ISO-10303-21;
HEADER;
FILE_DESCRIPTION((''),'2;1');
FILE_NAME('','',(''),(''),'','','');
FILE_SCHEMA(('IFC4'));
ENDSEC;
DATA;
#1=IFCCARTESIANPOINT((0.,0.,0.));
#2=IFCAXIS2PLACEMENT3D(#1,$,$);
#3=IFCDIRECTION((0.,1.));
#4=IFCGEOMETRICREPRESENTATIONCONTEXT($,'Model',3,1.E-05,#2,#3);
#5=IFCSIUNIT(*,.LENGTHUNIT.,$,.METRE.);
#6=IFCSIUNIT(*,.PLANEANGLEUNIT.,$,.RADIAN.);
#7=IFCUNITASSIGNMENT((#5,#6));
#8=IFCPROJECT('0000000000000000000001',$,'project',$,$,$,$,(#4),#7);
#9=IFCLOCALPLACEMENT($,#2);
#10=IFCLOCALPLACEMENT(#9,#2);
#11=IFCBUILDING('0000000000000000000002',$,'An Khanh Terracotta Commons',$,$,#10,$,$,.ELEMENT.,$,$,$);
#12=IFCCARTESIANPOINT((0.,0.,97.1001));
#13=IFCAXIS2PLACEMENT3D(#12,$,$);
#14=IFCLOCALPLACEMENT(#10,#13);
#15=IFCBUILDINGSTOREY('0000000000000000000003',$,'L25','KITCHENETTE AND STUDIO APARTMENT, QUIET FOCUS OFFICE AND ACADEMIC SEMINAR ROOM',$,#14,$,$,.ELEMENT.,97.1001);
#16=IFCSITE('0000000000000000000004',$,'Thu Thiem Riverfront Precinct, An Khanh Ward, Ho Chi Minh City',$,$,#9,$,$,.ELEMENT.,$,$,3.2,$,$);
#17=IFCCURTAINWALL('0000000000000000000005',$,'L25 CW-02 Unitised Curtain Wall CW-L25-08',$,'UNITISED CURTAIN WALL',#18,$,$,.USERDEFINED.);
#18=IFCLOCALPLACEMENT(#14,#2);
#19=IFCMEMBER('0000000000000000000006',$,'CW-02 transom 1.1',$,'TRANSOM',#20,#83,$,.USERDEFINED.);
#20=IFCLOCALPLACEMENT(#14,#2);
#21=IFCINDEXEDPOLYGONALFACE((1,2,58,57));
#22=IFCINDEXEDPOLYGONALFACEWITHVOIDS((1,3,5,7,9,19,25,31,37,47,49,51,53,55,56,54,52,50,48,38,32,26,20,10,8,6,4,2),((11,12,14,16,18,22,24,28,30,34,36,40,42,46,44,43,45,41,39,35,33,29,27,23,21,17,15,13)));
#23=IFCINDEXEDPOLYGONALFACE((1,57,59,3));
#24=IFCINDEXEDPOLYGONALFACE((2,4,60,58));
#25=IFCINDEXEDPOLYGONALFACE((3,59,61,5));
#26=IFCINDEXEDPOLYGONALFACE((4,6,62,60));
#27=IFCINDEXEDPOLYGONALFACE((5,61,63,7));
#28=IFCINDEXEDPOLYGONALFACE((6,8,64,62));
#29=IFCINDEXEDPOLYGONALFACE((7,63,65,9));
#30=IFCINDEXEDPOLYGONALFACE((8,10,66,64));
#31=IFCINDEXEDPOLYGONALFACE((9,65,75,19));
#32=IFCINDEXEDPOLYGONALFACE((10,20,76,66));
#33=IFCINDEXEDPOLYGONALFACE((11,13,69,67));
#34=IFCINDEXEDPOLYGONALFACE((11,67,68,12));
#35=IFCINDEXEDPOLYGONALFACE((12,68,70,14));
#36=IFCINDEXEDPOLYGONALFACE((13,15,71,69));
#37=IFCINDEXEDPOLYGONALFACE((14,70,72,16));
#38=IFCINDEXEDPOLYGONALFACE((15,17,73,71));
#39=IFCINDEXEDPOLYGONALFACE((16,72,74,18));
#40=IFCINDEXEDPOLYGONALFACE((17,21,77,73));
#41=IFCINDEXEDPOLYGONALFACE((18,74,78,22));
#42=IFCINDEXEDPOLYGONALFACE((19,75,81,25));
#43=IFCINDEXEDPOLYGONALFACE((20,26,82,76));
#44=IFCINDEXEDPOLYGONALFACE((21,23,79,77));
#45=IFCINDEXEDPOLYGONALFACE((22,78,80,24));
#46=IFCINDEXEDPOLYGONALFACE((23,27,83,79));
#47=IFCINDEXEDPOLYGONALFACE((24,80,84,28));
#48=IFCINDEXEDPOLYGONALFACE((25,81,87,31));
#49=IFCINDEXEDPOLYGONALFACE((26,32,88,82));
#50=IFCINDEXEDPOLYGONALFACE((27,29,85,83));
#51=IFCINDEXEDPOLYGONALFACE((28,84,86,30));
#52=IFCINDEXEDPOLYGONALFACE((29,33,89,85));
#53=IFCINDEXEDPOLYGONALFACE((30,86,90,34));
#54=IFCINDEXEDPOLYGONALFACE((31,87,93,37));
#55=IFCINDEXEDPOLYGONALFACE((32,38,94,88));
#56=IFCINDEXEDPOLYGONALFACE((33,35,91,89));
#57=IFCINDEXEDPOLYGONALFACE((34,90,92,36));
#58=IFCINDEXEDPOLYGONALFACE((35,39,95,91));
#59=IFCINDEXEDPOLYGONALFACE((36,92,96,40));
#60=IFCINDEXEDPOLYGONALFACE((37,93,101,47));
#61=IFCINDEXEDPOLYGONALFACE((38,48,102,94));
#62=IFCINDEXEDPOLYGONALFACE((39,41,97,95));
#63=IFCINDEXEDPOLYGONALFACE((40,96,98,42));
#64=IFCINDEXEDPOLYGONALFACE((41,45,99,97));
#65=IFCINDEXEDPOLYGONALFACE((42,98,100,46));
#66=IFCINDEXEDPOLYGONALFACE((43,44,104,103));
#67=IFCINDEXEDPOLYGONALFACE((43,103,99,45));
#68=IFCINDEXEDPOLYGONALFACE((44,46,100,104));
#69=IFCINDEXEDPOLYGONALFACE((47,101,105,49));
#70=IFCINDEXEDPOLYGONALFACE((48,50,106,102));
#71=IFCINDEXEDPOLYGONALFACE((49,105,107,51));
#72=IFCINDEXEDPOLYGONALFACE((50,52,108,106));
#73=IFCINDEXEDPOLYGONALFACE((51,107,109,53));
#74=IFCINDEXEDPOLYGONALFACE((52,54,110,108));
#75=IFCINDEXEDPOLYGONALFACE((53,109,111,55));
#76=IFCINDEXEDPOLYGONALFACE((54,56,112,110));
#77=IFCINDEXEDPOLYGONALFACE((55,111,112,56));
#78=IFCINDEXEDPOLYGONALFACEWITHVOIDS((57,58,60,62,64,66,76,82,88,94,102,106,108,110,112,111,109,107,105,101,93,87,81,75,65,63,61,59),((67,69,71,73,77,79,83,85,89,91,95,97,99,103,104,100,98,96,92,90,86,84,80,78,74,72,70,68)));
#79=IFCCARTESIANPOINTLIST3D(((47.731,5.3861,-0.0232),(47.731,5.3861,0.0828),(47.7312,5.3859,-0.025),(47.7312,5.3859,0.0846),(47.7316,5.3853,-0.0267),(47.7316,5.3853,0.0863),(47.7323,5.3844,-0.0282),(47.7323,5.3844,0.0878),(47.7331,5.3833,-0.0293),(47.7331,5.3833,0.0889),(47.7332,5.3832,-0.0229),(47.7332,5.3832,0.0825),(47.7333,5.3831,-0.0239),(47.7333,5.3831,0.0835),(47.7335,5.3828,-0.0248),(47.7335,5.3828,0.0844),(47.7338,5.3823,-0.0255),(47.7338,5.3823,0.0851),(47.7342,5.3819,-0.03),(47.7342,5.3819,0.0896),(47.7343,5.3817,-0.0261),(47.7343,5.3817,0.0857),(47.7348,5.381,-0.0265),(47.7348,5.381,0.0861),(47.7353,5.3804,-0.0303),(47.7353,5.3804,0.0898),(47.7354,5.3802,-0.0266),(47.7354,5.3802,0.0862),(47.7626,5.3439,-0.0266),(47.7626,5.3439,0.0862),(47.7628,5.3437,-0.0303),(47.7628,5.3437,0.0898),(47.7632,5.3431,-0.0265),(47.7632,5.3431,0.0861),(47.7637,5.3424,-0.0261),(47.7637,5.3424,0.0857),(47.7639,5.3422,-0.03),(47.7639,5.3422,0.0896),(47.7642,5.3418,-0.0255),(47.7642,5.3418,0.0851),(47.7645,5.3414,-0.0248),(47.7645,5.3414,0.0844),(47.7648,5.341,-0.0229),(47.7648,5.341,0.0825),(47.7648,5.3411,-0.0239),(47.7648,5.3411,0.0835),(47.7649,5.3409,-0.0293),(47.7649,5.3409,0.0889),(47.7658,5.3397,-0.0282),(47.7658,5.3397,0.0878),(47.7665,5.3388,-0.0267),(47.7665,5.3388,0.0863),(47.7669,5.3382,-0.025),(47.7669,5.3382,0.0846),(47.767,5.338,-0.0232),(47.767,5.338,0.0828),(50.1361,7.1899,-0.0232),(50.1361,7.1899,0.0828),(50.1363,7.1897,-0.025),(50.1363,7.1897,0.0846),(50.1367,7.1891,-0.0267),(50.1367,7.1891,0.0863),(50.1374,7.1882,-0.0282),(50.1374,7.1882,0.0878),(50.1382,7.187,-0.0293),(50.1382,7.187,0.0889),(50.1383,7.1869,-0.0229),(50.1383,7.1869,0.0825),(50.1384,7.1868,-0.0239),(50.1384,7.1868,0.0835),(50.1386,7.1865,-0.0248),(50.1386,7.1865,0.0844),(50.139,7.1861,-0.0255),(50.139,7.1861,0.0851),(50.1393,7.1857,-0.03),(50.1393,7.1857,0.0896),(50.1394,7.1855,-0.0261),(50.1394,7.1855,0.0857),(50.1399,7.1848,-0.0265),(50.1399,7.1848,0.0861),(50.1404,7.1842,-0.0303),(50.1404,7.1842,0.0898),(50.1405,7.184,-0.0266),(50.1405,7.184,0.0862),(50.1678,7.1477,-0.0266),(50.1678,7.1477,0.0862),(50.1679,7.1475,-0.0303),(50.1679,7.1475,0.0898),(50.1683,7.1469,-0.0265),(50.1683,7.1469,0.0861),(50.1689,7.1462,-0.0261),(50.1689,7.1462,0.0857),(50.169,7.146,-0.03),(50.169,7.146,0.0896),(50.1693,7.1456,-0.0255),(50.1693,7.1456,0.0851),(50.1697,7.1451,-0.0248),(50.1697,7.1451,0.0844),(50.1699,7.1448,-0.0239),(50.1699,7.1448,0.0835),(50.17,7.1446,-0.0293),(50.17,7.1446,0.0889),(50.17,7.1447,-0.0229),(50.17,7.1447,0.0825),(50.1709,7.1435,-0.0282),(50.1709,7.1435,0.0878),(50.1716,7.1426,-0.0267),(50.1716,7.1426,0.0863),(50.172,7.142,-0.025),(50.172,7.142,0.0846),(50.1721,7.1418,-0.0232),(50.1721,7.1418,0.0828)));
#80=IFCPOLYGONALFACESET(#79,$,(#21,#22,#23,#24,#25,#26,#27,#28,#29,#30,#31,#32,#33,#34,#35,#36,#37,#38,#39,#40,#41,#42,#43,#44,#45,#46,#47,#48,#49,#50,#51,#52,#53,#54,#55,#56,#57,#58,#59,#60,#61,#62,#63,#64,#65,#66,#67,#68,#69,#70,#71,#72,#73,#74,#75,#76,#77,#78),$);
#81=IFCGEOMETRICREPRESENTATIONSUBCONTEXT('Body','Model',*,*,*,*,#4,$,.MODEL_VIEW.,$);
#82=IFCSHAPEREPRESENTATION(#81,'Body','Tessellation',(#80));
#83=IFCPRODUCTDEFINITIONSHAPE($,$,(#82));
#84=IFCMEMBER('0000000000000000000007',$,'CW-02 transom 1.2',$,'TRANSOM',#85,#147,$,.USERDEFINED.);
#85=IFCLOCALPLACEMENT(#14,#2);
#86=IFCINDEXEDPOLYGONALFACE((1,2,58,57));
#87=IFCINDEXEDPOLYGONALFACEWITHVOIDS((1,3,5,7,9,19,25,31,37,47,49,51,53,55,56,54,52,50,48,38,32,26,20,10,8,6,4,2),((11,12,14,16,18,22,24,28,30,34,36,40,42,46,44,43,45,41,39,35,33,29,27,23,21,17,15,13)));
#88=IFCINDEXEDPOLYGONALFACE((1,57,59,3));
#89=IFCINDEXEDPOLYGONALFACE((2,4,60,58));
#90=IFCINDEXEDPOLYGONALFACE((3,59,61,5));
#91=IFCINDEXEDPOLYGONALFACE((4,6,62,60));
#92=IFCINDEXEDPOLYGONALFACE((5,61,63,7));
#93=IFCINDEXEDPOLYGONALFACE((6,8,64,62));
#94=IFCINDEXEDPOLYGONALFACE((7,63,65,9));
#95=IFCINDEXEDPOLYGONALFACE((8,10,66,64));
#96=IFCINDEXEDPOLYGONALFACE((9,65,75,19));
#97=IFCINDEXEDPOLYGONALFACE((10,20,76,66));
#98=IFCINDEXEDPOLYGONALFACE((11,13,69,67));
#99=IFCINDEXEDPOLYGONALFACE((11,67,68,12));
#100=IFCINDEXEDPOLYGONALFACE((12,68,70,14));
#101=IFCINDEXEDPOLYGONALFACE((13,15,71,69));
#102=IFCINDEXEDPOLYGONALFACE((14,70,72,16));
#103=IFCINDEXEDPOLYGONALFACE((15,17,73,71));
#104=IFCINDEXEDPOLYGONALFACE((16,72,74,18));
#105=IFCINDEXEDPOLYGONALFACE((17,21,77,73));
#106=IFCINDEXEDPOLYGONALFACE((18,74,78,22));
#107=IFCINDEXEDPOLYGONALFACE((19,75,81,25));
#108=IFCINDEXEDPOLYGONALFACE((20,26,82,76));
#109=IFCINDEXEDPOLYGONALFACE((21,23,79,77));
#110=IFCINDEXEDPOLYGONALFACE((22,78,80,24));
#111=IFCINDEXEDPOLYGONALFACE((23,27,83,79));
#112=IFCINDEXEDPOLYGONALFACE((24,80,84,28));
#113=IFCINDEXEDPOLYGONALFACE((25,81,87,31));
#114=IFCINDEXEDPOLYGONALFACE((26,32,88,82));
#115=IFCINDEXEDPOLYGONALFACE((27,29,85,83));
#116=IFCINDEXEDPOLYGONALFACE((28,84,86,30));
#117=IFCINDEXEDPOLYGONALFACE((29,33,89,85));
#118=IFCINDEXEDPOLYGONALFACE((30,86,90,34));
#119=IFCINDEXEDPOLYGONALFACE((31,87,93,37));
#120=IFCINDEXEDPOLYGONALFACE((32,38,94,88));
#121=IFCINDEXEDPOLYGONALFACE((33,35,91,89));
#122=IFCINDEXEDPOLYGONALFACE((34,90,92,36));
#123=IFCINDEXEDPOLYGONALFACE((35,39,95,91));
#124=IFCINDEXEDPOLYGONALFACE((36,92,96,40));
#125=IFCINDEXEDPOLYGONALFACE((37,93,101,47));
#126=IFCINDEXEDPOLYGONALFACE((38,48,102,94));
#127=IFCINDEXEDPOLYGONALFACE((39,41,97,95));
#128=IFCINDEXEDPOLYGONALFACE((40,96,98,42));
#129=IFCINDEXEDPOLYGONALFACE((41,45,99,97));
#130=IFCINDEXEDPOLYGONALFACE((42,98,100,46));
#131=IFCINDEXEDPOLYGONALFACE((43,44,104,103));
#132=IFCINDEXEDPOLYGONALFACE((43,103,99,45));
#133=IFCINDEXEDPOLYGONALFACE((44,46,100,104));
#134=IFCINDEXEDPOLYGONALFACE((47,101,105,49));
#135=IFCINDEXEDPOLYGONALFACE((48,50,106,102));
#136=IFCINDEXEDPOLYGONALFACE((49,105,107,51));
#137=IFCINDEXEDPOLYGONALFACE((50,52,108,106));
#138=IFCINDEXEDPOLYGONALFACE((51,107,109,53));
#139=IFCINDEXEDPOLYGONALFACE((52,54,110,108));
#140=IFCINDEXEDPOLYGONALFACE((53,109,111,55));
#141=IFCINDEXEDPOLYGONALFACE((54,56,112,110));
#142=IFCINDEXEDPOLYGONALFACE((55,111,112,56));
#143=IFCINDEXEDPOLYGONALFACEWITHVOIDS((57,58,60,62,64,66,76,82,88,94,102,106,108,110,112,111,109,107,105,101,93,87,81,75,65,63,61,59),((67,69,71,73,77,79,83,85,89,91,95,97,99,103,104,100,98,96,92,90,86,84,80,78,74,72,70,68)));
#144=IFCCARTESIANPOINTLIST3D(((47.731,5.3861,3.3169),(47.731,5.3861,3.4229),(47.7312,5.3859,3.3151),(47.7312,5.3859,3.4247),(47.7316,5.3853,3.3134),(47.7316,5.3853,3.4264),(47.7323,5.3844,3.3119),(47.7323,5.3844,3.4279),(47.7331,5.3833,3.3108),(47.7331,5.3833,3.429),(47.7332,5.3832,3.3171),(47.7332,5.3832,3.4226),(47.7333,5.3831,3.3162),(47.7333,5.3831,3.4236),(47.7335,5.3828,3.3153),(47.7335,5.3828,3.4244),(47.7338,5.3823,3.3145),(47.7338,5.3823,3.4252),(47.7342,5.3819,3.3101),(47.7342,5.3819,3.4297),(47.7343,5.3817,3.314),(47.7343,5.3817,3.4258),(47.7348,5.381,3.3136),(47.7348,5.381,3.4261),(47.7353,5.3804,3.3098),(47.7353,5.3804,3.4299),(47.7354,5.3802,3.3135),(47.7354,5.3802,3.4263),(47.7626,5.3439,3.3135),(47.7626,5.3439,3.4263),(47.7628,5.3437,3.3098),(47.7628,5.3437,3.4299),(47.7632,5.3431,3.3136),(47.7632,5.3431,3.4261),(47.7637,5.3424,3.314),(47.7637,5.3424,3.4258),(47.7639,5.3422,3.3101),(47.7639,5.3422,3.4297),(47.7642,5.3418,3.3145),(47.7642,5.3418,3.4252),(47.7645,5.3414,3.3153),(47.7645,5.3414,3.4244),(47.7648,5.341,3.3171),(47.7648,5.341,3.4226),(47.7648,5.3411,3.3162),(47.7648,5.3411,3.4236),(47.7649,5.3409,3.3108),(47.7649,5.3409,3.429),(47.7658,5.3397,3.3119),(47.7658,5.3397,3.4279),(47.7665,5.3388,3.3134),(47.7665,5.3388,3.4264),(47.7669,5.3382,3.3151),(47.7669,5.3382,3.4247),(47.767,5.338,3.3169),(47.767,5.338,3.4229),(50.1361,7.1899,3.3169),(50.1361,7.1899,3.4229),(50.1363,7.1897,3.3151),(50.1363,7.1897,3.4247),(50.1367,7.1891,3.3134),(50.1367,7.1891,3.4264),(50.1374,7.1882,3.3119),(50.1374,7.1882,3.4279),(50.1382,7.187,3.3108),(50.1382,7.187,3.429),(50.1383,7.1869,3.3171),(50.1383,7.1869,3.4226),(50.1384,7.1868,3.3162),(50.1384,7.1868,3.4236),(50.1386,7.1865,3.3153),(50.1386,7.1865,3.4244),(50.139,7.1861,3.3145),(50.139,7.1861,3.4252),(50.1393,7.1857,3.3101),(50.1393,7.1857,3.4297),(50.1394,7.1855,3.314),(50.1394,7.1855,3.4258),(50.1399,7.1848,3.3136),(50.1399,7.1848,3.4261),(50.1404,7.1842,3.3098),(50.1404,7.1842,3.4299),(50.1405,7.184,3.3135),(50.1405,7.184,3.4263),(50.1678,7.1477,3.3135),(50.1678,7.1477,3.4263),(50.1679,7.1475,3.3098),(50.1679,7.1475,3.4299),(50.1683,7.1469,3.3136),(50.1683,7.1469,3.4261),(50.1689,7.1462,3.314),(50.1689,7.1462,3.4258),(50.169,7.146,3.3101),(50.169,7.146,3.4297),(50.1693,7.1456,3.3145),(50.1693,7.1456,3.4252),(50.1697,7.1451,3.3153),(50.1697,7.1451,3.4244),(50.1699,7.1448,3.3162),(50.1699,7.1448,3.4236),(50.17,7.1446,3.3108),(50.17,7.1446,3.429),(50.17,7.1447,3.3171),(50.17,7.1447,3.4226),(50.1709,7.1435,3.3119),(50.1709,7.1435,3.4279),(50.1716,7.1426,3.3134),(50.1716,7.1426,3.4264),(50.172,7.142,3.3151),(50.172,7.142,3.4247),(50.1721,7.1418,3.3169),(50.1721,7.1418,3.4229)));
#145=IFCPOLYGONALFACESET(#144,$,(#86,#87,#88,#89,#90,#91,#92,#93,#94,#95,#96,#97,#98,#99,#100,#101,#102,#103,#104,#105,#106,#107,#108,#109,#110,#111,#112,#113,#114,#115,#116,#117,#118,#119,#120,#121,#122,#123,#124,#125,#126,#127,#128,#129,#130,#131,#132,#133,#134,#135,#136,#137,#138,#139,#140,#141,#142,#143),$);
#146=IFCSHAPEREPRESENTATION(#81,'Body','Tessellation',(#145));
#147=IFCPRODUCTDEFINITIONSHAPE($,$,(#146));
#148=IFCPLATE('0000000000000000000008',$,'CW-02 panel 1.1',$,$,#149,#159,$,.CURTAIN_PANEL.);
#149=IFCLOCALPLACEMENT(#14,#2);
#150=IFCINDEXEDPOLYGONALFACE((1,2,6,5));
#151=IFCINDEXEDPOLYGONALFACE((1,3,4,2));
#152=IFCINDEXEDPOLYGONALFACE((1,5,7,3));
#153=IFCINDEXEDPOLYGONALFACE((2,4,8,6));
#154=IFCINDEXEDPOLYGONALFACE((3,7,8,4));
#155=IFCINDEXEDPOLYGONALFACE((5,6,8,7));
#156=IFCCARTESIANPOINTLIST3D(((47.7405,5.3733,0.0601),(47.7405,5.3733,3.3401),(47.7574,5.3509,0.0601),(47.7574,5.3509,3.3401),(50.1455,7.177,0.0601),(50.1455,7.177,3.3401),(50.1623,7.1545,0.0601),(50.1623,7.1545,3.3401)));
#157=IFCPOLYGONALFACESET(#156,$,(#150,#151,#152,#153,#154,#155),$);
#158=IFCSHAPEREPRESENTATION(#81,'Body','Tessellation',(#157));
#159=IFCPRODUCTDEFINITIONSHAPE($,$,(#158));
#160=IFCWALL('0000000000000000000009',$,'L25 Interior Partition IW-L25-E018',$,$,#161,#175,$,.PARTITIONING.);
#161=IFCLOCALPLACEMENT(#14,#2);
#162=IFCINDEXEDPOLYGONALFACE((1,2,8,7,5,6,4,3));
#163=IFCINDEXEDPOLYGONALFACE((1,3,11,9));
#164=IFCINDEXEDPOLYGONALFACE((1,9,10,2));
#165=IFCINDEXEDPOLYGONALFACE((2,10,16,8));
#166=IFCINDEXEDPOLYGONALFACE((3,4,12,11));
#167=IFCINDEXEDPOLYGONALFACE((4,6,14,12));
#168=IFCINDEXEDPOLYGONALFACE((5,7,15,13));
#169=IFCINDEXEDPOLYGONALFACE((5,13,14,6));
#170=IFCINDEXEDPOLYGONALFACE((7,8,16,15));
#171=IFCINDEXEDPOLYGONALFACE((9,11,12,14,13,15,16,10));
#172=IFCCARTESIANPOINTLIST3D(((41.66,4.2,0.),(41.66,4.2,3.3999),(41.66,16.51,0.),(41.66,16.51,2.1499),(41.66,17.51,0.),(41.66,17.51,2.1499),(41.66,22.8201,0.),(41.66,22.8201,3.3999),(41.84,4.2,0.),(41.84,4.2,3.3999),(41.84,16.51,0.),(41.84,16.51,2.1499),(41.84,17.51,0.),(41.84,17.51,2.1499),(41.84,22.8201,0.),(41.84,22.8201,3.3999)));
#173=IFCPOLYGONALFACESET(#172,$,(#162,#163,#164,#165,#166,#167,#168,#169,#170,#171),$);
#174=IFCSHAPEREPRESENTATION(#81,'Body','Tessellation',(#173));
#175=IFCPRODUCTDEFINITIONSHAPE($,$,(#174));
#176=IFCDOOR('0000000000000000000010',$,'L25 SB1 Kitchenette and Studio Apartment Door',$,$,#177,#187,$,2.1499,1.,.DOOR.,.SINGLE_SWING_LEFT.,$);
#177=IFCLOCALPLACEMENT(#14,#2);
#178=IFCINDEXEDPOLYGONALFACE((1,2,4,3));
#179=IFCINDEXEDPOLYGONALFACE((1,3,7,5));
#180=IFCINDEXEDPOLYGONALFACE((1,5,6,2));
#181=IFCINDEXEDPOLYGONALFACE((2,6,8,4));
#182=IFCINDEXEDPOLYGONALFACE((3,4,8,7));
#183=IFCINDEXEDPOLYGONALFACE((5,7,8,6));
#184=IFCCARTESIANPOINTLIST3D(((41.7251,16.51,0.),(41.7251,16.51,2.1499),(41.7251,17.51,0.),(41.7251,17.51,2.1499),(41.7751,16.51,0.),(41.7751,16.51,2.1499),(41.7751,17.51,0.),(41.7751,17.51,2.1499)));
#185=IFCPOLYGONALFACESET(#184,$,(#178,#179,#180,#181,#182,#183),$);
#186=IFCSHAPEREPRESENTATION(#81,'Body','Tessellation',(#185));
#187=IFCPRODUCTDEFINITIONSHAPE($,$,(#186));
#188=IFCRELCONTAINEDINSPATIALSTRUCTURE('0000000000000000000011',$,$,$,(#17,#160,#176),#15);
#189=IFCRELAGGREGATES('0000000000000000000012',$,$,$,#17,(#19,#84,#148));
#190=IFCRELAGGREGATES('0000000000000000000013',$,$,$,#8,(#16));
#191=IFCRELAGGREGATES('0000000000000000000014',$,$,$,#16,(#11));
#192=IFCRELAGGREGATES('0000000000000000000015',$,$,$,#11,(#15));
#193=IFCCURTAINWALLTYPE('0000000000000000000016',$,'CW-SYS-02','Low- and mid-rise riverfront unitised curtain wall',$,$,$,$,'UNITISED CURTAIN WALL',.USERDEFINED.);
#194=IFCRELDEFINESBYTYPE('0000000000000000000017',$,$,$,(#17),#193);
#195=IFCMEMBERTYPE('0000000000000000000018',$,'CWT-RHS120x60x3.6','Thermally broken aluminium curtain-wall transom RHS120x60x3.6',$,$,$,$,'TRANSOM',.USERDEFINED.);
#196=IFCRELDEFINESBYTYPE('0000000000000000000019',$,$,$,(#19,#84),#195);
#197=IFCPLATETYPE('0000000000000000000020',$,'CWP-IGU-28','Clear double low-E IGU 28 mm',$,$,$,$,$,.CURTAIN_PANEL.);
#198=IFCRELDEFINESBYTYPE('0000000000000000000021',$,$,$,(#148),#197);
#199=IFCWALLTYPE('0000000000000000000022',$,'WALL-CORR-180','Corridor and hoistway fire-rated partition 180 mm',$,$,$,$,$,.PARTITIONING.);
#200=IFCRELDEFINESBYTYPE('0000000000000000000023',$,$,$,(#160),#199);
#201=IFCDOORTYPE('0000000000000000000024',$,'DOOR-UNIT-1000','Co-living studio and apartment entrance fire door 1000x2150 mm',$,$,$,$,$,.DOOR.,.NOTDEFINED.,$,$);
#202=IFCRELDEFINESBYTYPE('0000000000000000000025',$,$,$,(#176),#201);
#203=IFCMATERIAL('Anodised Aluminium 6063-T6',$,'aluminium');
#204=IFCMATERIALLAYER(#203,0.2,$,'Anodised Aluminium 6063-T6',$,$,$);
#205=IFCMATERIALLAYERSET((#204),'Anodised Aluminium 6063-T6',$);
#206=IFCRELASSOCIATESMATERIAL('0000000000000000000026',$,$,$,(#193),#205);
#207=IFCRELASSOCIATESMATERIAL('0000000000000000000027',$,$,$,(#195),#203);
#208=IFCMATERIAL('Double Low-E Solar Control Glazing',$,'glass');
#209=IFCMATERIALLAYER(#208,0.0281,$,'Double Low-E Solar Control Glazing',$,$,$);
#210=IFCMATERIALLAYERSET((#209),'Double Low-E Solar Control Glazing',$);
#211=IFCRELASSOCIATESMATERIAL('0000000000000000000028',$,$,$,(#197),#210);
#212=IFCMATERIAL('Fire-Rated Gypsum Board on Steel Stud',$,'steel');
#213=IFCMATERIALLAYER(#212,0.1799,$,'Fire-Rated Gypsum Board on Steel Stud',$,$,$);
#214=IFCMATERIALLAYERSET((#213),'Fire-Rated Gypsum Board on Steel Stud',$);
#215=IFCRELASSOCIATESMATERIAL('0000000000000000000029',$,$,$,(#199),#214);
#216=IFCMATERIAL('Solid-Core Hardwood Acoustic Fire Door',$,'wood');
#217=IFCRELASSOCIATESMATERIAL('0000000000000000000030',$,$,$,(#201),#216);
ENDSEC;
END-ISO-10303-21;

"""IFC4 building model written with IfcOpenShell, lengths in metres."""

from ifc_helpers import new_model, si_unit, direction, frame, frame_2d, origin, origin_2d, place, context, subcontext, project, spatial, rectangle, hollow_rectangle, extrude, material, layer, layer_set, material_profile, profile_set, type_object, element, fill, aggregate, save


model = new_model("IFC4")

# Units and contexts
model_context = context("Model", 3, precision=1e-05, world=origin(), true_north=direction((0.0, 1.0)))
body_context = subcontext(model_context, "Body", "Model", "MODEL_VIEW")
ifc_project = project(units=[si_unit("LENGTHUNIT", "METRE"), si_unit("PLANEANGLEUNIT", "RADIAN")], contexts=[model_context])

# Site, building, storey
site_placement = place(None, origin())
site = spatial("IfcSite", under=ifc_project, at=site_placement, Name="Thu Thiem Riverfront Precinct, An Khanh Ward, Ho Chi Minh City", CompositionType="ELEMENT", RefElevation=3.2)
building_placement = place(site_placement, origin())
building = spatial("IfcBuilding", under=site, at=building_placement, Name="An Khanh Terracotta Commons", CompositionType="ELEMENT")
storey_placement = place(building_placement, frame((0.0, 0.0, 97.1001)))
storey = spatial("IfcBuildingStorey", under=building, at=storey_placement, Name="L25", Description="KITCHENETTE AND STUDIO APARTMENT, QUIET FOCUS OFFICE AND ACADEMIC SEMINAR ROOM", CompositionType="ELEMENT", Elevation=97.1001)

# Curtain wall, members, plate
ifc_material_1 = material(Name="Anodised Aluminium 6063-T6", Category="aluminium")
ifc_layer_1 = layer(ifc_material_1, 0.2, Name="Anodised Aluminium 6063-T6")
ifc_layer_set_1 = layer_set([ifc_layer_1], Name="Anodised Aluminium 6063-T6")
curtain_wall_type = type_object("IfcCurtainWallType", Name="CW-SYS-02", Description="Low- and mid-rise riverfront unitised curtain wall", ElementType="UNITISED CURTAIN WALL", PredefinedType="USERDEFINED", material=ifc_layer_set_1)
curtain_wall_placement = place(storey_placement, origin())
curtain_wall = element("IfcCurtainWall", 1, at=curtain_wall_placement, inside=storey, type_object=curtain_wall_type, Name="L25 CW-02 Unitised Curtain Wall CW-L25-08", ObjectType="UNITISED CURTAIN WALL", PredefinedType="USERDEFINED")
ifc_material_profile_1 = material_profile(ifc_material_1, hollow_rectangle(XDim=0.0601, YDim=0.1201, WallThickness=0.0037, InnerFilletRadius=0.0037, OuterFilletRadius=0.0071, at=origin_2d()), Name="RHS120x60x3.6")
ifc_profile_set_1 = profile_set([ifc_material_profile_1], Name="Anodised Aluminium 6063-T6")
member_type_1 = type_object("IfcMemberType", Name="CWT-RHS120x60x3.6", Description="Thermally broken aluminium curtain-wall transom RHS120x60x3.6", ElementType="TRANSOM", PredefinedType="USERDEFINED", material=ifc_profile_set_1)
member_1_placement = place(storey_placement, frame((47.749, 5.3621, 0.0298), z_axis=(0.80001, 0.599987, 0.0), x_axis=(-0.599987, 0.80001, 0.0)))
member_1 = element("IfcMember", 2, at=member_1_placement, type_object=member_type_1, Name="CW-02 transom 1.1", ObjectType="TRANSOM", PredefinedType="USERDEFINED", context=body_context, shape_type="SweptSolid", body=[
    extrude(hollow_rectangle(XDim=0.0601, YDim=0.1201, WallThickness=0.0037, InnerFilletRadius=0.0037, OuterFilletRadius=0.0071, at=origin_2d()), origin(), (0.0, 0.0, 1.0), 3.0063),
])
member_2_placement = place(storey_placement, frame((47.749, 5.3621, 3.3699), z_axis=(0.80001, 0.599987, 0.0), x_axis=(-0.599987, 0.80001, 0.0)))
member_2 = element("IfcMember", 3, at=member_2_placement, type_object=member_type_1, Name="CW-02 transom 1.2", ObjectType="TRANSOM", PredefinedType="USERDEFINED", context=body_context, shape_type="SweptSolid", body=[
    extrude(hollow_rectangle(XDim=0.0601, YDim=0.1201, WallThickness=0.0037, InnerFilletRadius=0.0037, OuterFilletRadius=0.0071, at=origin_2d()), origin(), (0.0, 0.0, 1.0), 3.0063),
])
ifc_material_2 = material(Name="Double Low-E Solar Control Glazing", Category="glass")
ifc_layer_2 = layer(ifc_material_2, 0.0281, Name="Double Low-E Solar Control Glazing")
ifc_layer_set_2 = layer_set([ifc_layer_2], Name="Double Low-E Solar Control Glazing")
plate_type = type_object("IfcPlateType", Name="CWP-IGU-28", Description="Clear double low-E IGU 28 mm", PredefinedType="CURTAIN_PANEL", material=ifc_layer_set_2)
plate_placement = place(storey_placement, frame((48.9514, 6.2639, 0.0601), z_axis=(0.0, 0.0, 1.0), x_axis=(0.800013, 0.599983, 0.0)))
plate = element("IfcPlate", 4, at=plate_placement, type_object=plate_type, Name="CW-02 panel 1.1", PredefinedType="CURTAIN_PANEL", context=body_context, shape_type="SweptSolid", body=[
    extrude(rectangle(XDim=3.0061, YDim=0.0281, at=origin_2d()), origin(), (0.0, 0.0, 1.0), 3.28),
])
aggregate(curtain_wall, [member_1, member_2, plate])

# Wall, opening, door
ifc_material_3 = material(Name="Fire-Rated Gypsum Board on Steel Stud", Category="steel")
ifc_layer_3 = layer(ifc_material_3, 0.1799, Name="Fire-Rated Gypsum Board on Steel Stud")
ifc_layer_set_3 = layer_set([ifc_layer_3], Name="Fire-Rated Gypsum Board on Steel Stud")
wall_type_1 = type_object("IfcWallType", Name="WALL-CORR-180", Description="Corridor and hoistway fire-rated partition 180 mm", PredefinedType="PARTITIONING", material=ifc_layer_set_3)
wall_1_placement = place(storey_placement, frame((41.75, 4.2, 0.0), z_axis=(0.0, 0.0, 1.0), x_axis=(0.0, 1.0, 0.0)))
wall_1 = element("IfcWall", 5, at=wall_1_placement, inside=storey, type_object=wall_type_1, Name="L25 Interior Partition IW-L25-E018", PredefinedType="PARTITIONING", context=body_context, shape_type="SweptSolid", body=[
    extrude(rectangle(XDim=18.6201, YDim=0.1799, at=frame_2d((9.3101, 0.0))), origin(), (0.0, 0.0, 1.0), 3.3999),
])
opening_placement = place(wall_1_placement, frame((12.3101, 0.0, 0.0)))
opening = element("IfcOpeningElement", 6, at=opening_placement, cuts=wall_1, PredefinedType="OPENING", context=body_context, shape_type="SweptSolid", body=[
    extrude(rectangle(XDim=1.0, YDim=2.1499, at=frame_2d((0.5, 1.075))), frame((0.0, 0.0999, 0.0), z_axis=(0.0, -1.0, 0.0), x_axis=(1.0, 0.0, 0.0)), (0.0, 0.0, 1.0), 0.2),
])
ifc_material_4 = material(Name="Solid-Core Hardwood Acoustic Fire Door", Category="wood")
door_type = type_object("IfcDoorType", Name="DOOR-UNIT-1000", Description="Co-living studio and apartment entrance fire door 1000x2150 mm", OperationType="NOTDEFINED", PredefinedType="DOOR", material=ifc_material_4)
door_placement = place(opening_placement, origin())
door = element("IfcDoor", 7, at=door_placement, inside=storey, type_object=door_type, Name="L25 SB1 Kitchenette and Studio Apartment Door", OperationType="SINGLE_SWING_LEFT", OverallHeight=2.1499, OverallWidth=1.0, PredefinedType="DOOR", context=body_context, shape_type="SweptSolid", body=[
    extrude(rectangle(XDim=1.0, YDim=2.1499, at=frame_2d((0.5, 1.075))), frame((0.0, 0.0249, 0.0), z_axis=(0.0, -1.0, 0.0), x_axis=(1.0, 0.0, 0.0)), (0.0, 0.0, 1.0), 0.05),
])
fill(opening, door)

save(model, "model.ifc")
